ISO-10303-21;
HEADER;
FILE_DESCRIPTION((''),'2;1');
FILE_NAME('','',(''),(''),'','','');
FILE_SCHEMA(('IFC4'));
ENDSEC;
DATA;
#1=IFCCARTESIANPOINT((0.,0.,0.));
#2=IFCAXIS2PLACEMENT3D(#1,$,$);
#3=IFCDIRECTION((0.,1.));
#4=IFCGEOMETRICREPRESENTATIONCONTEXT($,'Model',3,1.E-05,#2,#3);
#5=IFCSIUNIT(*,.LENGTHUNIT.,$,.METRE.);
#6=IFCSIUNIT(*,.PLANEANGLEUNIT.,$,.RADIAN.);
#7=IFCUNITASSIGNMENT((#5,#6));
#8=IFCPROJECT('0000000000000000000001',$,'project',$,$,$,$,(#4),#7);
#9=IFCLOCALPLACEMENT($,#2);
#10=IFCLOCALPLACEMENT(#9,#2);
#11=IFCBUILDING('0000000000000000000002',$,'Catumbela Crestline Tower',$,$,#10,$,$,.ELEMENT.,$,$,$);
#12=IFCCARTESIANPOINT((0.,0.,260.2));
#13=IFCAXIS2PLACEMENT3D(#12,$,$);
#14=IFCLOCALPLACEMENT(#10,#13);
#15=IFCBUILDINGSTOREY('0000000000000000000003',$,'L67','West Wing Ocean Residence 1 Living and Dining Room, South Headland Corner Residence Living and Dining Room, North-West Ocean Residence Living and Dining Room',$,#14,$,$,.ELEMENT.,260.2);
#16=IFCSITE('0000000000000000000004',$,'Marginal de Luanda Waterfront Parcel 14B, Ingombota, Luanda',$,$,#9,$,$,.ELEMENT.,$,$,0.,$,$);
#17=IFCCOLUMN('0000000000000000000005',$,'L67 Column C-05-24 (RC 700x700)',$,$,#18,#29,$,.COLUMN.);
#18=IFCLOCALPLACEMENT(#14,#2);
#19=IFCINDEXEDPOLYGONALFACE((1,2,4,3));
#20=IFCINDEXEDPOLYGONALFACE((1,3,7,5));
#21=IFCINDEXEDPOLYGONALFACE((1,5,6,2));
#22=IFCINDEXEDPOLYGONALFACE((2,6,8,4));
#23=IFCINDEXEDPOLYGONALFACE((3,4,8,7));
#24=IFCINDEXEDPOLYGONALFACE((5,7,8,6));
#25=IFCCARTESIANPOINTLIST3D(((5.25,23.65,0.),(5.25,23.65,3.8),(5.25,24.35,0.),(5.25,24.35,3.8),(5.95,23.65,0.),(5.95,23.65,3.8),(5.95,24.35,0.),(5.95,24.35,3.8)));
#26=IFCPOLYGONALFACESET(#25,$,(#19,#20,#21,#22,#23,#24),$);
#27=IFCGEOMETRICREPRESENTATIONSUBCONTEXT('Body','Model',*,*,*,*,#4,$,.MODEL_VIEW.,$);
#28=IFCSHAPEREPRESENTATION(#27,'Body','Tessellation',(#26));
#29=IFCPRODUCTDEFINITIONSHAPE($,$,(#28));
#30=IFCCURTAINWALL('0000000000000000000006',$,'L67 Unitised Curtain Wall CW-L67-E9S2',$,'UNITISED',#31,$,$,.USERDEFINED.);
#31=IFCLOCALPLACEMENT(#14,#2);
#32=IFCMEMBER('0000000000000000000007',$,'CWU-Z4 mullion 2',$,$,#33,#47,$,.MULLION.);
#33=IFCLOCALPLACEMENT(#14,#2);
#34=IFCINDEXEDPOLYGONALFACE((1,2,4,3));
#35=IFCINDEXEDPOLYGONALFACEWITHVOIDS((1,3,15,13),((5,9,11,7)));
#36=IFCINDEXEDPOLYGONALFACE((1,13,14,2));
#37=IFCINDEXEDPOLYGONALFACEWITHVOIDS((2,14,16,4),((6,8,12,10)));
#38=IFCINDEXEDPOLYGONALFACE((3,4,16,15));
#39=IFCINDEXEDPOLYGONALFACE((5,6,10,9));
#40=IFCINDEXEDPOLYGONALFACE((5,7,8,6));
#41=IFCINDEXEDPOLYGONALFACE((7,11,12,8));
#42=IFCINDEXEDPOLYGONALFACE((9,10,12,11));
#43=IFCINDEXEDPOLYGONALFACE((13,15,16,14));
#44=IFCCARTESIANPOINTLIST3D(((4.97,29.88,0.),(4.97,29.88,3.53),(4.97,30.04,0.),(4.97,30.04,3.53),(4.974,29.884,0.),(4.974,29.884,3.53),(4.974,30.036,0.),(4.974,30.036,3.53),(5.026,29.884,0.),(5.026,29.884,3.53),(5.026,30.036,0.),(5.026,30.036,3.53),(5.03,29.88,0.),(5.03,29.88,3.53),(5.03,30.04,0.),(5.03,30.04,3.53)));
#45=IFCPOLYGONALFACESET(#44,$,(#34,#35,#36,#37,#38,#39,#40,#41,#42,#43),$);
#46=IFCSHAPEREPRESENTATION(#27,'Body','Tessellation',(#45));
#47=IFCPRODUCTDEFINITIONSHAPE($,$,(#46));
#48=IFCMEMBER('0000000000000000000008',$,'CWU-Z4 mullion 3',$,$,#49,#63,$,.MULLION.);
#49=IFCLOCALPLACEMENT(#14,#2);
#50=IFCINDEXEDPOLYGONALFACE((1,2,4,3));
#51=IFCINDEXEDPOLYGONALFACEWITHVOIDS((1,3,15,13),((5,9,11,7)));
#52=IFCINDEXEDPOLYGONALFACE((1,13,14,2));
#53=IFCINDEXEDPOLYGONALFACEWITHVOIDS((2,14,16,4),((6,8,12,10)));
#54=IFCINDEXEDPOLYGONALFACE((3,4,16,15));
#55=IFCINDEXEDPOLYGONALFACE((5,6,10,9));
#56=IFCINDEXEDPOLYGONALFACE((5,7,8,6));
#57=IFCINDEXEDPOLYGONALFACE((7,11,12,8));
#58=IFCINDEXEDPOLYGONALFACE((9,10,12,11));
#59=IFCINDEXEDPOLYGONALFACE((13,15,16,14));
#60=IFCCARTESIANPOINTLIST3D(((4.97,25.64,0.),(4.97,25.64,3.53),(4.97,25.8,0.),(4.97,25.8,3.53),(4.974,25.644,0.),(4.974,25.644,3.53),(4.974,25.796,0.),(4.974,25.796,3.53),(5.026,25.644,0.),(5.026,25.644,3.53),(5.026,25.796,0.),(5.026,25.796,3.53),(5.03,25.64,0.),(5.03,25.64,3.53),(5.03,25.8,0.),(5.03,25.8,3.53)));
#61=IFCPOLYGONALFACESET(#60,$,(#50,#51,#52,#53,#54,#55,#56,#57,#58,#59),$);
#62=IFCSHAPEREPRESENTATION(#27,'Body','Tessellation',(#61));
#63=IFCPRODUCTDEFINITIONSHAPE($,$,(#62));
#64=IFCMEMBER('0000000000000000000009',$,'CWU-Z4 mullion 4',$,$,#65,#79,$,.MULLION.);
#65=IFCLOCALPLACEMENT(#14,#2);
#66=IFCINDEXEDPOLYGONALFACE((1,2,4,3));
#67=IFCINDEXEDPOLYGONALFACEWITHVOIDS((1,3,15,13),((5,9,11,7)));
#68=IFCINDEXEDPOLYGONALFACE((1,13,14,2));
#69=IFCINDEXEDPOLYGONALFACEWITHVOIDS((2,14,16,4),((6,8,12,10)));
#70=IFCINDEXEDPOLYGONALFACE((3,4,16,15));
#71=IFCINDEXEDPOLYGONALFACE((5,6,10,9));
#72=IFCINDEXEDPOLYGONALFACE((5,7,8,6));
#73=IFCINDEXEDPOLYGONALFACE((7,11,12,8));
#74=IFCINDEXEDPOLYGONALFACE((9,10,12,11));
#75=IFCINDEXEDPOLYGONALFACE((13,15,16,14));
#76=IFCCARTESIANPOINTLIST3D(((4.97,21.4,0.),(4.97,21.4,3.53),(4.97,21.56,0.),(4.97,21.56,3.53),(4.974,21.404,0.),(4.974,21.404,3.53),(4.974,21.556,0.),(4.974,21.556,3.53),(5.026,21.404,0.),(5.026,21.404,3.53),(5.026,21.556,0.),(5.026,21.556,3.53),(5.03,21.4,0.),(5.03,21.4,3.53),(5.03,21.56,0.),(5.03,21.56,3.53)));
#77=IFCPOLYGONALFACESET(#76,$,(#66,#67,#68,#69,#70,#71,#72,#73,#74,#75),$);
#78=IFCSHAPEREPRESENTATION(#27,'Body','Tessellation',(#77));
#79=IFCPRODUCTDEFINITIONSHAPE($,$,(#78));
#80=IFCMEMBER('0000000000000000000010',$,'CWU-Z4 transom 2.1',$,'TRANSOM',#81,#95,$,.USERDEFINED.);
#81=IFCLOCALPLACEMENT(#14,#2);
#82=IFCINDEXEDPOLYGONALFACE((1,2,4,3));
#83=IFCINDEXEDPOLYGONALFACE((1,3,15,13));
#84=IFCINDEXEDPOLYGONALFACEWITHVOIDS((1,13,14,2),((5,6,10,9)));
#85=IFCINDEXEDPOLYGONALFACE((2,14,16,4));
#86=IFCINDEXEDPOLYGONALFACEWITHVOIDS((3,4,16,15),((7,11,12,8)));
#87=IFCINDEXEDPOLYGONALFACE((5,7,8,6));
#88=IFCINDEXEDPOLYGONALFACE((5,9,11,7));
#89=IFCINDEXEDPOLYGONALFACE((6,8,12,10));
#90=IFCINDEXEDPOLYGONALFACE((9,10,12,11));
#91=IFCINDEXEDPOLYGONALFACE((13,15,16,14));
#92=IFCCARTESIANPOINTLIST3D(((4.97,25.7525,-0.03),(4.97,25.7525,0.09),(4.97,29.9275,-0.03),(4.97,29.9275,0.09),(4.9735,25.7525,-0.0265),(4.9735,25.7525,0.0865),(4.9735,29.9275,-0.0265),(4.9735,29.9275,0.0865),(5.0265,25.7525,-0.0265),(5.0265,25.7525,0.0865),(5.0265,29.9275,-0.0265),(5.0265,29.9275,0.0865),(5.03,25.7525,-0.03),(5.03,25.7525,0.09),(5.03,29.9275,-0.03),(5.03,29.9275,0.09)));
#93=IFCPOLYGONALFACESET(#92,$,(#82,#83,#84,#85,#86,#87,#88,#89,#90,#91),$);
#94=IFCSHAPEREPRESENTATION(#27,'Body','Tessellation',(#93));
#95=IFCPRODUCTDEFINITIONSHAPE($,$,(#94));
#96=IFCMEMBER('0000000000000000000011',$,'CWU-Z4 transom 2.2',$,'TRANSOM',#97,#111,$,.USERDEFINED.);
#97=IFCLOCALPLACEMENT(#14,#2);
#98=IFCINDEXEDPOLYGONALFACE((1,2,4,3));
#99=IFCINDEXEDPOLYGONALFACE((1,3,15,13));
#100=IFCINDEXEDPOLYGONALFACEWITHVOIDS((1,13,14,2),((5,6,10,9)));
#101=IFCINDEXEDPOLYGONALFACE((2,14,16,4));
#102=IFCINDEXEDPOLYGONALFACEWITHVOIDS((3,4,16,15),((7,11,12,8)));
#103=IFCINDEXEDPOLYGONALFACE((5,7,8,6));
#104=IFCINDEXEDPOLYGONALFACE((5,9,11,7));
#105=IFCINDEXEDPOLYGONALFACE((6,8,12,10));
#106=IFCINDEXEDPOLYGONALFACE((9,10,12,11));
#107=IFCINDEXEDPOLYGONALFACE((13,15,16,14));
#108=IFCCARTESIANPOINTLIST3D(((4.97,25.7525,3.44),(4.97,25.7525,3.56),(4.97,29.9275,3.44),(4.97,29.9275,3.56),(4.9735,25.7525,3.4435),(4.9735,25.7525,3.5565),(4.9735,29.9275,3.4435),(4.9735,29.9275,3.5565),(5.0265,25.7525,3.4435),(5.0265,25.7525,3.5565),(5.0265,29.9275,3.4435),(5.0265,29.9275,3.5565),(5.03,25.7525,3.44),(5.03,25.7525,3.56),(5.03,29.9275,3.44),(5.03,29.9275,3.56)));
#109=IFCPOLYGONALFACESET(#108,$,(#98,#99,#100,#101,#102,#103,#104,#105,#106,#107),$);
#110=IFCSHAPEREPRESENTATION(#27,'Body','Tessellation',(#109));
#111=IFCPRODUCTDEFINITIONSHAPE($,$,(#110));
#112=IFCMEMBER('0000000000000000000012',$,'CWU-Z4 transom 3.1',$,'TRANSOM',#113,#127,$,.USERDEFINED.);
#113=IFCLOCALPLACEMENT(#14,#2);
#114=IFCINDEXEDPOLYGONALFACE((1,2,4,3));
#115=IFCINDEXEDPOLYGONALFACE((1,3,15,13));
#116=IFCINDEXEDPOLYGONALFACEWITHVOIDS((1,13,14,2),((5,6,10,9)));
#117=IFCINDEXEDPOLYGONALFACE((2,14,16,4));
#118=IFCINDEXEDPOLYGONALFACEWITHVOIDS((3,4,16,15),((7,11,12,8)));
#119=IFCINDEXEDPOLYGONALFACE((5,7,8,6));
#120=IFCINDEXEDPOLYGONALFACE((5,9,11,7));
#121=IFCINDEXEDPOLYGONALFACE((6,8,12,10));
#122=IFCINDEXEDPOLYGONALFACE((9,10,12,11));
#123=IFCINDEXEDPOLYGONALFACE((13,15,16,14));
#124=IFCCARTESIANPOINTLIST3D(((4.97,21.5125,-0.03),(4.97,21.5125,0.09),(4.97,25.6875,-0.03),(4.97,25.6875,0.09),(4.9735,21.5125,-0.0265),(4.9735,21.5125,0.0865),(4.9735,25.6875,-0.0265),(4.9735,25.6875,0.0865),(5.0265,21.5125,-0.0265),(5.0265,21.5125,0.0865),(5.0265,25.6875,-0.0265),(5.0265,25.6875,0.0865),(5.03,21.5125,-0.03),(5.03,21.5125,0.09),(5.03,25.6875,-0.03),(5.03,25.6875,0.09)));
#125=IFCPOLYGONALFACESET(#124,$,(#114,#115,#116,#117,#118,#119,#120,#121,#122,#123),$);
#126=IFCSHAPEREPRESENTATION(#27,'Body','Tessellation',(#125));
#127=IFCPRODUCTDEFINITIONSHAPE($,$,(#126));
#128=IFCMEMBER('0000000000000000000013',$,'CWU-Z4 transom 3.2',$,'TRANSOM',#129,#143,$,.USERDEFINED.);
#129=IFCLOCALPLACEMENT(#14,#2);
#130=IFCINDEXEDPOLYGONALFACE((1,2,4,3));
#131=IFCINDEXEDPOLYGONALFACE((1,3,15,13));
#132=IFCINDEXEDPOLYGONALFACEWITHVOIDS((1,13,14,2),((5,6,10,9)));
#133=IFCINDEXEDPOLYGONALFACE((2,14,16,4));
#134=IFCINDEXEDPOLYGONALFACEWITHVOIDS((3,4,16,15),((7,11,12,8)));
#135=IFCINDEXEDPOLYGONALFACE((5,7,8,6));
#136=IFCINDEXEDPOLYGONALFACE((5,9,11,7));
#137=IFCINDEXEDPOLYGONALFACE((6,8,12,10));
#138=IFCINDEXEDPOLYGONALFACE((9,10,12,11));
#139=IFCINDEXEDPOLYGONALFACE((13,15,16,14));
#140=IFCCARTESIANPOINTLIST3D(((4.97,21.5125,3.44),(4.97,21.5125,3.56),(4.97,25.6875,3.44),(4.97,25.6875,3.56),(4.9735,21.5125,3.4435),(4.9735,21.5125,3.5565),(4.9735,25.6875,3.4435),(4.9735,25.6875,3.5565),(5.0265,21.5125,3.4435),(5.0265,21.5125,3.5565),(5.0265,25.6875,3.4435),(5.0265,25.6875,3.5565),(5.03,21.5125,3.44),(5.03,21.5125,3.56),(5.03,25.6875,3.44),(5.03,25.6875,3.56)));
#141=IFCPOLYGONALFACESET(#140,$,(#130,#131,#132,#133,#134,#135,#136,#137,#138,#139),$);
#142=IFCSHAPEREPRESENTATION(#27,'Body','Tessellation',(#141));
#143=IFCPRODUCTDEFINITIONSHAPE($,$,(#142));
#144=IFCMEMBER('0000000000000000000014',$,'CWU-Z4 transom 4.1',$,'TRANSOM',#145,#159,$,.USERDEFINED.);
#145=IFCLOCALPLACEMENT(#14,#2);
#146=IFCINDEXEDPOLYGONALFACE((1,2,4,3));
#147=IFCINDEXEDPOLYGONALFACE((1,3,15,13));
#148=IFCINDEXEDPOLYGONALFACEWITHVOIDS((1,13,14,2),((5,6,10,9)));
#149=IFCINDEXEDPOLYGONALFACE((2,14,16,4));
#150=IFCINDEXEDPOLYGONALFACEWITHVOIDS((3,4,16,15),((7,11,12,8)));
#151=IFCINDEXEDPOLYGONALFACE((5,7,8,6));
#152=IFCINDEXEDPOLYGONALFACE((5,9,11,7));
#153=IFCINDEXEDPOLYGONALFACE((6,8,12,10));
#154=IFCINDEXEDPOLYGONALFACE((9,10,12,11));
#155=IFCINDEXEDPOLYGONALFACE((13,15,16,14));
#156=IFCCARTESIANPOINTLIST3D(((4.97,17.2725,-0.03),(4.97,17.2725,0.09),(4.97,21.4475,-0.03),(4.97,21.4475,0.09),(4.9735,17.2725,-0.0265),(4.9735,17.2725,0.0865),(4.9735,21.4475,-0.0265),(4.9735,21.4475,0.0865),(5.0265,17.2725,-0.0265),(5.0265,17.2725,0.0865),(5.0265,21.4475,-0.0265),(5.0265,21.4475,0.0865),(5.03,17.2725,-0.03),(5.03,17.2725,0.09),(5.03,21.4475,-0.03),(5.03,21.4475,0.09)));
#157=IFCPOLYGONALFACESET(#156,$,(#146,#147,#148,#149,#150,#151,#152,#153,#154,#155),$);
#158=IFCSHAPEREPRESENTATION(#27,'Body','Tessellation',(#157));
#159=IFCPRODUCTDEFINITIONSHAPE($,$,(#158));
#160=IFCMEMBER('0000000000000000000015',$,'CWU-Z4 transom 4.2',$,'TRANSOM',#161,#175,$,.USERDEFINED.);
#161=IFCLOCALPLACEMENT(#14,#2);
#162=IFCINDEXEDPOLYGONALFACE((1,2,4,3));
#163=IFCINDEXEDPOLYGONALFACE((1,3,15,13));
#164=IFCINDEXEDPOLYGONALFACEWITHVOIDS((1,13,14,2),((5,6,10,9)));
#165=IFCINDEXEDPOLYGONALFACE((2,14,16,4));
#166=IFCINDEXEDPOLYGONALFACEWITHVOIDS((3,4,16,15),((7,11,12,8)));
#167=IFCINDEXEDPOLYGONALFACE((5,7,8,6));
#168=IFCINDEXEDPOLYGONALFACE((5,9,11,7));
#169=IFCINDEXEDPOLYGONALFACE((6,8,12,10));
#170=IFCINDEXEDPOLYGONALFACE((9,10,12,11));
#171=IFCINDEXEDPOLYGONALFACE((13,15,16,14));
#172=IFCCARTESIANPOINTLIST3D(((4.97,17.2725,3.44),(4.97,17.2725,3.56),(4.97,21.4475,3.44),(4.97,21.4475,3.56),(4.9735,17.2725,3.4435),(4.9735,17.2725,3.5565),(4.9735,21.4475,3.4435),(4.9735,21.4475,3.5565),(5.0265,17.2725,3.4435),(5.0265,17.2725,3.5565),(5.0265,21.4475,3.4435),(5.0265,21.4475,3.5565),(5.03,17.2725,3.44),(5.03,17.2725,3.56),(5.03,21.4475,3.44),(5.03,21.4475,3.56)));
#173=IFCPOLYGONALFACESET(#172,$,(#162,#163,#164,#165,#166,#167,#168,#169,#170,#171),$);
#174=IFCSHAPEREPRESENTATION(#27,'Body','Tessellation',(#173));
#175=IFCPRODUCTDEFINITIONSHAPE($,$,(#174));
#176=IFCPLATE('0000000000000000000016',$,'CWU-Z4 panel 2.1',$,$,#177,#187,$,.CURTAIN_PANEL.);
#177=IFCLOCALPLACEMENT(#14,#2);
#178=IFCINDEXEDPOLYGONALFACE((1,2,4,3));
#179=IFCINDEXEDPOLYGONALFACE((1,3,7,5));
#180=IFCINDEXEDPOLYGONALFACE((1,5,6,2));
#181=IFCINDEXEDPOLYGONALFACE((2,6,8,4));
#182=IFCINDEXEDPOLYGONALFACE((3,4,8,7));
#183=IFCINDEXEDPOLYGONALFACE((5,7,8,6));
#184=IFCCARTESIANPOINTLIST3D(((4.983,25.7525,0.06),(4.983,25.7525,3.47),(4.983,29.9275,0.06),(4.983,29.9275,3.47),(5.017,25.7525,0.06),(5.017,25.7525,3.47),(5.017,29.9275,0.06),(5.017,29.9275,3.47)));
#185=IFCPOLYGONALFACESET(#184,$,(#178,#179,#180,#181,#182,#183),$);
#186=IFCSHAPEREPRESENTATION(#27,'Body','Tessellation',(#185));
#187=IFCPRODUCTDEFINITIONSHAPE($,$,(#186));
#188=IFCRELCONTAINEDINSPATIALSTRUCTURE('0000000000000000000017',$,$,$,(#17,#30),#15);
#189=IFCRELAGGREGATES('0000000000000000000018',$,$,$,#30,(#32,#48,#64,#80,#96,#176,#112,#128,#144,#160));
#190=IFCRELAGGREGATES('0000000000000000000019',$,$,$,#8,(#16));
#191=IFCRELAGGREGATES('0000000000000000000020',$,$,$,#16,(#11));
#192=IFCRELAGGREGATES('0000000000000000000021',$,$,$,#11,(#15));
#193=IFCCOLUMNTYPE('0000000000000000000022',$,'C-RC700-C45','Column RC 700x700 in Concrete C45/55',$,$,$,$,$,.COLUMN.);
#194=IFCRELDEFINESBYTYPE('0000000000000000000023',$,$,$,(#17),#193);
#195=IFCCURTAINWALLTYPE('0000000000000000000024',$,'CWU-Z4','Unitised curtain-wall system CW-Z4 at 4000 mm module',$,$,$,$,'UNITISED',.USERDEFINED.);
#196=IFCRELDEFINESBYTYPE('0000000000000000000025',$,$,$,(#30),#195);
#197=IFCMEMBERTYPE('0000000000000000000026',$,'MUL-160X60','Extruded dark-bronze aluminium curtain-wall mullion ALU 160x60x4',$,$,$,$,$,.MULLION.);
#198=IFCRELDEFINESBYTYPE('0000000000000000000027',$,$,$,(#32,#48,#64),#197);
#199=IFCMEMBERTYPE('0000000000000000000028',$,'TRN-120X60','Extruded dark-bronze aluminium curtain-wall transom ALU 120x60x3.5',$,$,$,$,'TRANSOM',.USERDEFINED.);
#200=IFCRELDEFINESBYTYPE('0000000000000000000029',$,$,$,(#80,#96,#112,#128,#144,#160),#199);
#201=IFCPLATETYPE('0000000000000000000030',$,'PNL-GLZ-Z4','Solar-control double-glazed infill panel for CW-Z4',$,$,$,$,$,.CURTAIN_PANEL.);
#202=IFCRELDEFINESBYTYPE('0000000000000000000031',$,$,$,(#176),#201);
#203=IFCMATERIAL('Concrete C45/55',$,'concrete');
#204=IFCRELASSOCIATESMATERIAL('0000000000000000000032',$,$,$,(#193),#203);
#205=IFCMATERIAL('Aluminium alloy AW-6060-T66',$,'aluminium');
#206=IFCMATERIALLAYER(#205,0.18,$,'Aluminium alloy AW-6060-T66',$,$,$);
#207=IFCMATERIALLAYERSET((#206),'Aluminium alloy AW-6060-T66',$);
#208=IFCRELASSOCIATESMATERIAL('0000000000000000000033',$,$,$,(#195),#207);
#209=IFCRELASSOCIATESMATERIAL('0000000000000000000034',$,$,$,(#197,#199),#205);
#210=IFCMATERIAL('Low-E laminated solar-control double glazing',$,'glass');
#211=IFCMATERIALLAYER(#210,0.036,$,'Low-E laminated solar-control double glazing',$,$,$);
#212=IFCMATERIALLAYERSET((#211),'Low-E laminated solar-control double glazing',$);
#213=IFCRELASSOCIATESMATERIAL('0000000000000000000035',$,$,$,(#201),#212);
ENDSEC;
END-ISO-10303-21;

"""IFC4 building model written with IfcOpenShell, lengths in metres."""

from ifc_helpers import new_model, si_unit, direction, frame, origin, origin_2d, place, context, subcontext, project, spatial, rectangle, hollow_rectangle, extrude, material, layer, layer_set, material_profile, profile_set, type_object, element, aggregate, save


model = new_model("IFC4")

# Units and contexts
model_context = context("Model", 3, precision=1e-05, world=origin(), true_north=direction((0.0, 1.0)))
body_context = subcontext(model_context, "Body", "Model", "MODEL_VIEW")
ifc_project = project(units=[si_unit("LENGTHUNIT", "METRE"), si_unit("PLANEANGLEUNIT", "RADIAN")], contexts=[model_context])

# Site, building, storey
site_placement = place(None, origin())
site = spatial("IfcSite", under=ifc_project, at=site_placement, Name="Marginal de Luanda Waterfront Parcel 14B, Ingombota, Luanda", CompositionType="ELEMENT", RefElevation=0.0)
building_placement = place(site_placement, origin())
building = spatial("IfcBuilding", under=site, at=building_placement, Name="Catumbela Crestline Tower", CompositionType="ELEMENT")
storey_placement = place(building_placement, frame((0.0, 0.0, 260.2)))
storey = spatial("IfcBuildingStorey", under=building, at=storey_placement, Name="L67", Description="West Wing Ocean Residence 1 Living and Dining Room, South Headland Corner Residence Living and Dining Room, North-West Ocean Residence Living and Dining Room", CompositionType="ELEMENT", Elevation=260.2)

# Column
ifc_material_1 = material(Name="Concrete C45/55", Category="concrete")
ifc_material_profile_1 = material_profile(ifc_material_1, rectangle(XDim=0.7, YDim=0.7, at=origin_2d()), Name="RC 700x700")
ifc_profile_set_1 = profile_set([ifc_material_profile_1], Name="Concrete C45/55")
column_type = type_object("IfcColumnType", Name="C-RC700-C45", Description="Column RC 700x700 in Concrete C45/55", PredefinedType="COLUMN", material=ifc_profile_set_1)
column_placement = place(storey_placement, frame((5.6, 24.0, 0.0), z_axis=(0.0, 0.0, 1.0), x_axis=(1.0, 0.0, 0.0)))
element("IfcColumn", 1, at=column_placement, inside=storey, type_object=column_type, Name="L67 Column C-05-24 (RC 700x700)", PredefinedType="COLUMN", context=body_context, shape_type="SweptSolid", body=[
    extrude(rectangle(XDim=0.7, YDim=0.7, at=origin_2d()), origin(), (0.0, 0.0, 1.0), 3.8),
])

# Curtain wall, members, plate
ifc_material_2 = material(Name="Aluminium alloy AW-6060-T66", Category="aluminium")
ifc_layer_1 = layer(ifc_material_2, 0.18, Name="Aluminium alloy AW-6060-T66")
ifc_layer_set_1 = layer_set([ifc_layer_1], Name="Aluminium alloy AW-6060-T66")
curtain_wall_type = type_object("IfcCurtainWallType", Name="CWU-Z4", Description="Unitised curtain-wall system CW-Z4 at 4000 mm module", ElementType="UNITISED", PredefinedType="USERDEFINED", material=ifc_layer_set_1)
curtain_wall_placement = place(storey_placement, origin())
curtain_wall = element("IfcCurtainWall", 2, at=curtain_wall_placement, inside=storey, type_object=curtain_wall_type, Name="L67 Unitised Curtain Wall CW-L67-E9S2", ObjectType="UNITISED", PredefinedType="USERDEFINED")
ifc_material_profile_2 = material_profile(ifc_material_2, hollow_rectangle(XDim=0.06, YDim=0.16, WallThickness=0.004, at=origin_2d()), Name="ALU 160x60x4")
ifc_profile_set_2 = profile_set([ifc_material_profile_2], Name="Aluminium alloy AW-6060-T66")
member_type_1 = type_object("IfcMemberType", Name="MUL-160X60", Description="Extruded dark-bronze aluminium curtain-wall mullion ALU 160x60x4", PredefinedType="MULLION", material=ifc_profile_set_2)
member_1_placement = place(storey_placement, frame((5.0, 29.96, 0.0), z_axis=(0.0, 0.0, 1.0), x_axis=(1.0, 0.0, 0.0)))
member_1 = element("IfcMember", 3, at=member_1_placement, type_object=member_type_1, Name="CWU-Z4 mullion 2", PredefinedType="MULLION", context=body_context, shape_type="SweptSolid", body=[
    extrude(hollow_rectangle(XDim=0.06, YDim=0.16, WallThickness=0.004, at=origin_2d()), origin(), (0.0, 0.0, 1.0), 3.53),
])
member_2_placement = place(storey_placement, frame((5.0, 25.72, 0.0), z_axis=(0.0, 0.0, 1.0), x_axis=(1.0, 0.0, 0.0)))
member_2 = element("IfcMember", 4, at=member_2_placement, type_object=member_type_1, Name="CWU-Z4 mullion 3", PredefinedType="MULLION", context=body_context, shape_type="SweptSolid", body=[
    extrude(hollow_rectangle(XDim=0.06, YDim=0.16, WallThickness=0.004, at=origin_2d()), origin(), (0.0, 0.0, 1.0), 3.53),
])
member_3_placement = place(storey_placement, frame((5.0, 21.48, 0.0), z_axis=(0.0, 0.0, 1.0), x_axis=(1.0, 0.0, 0.0)))
member_3 = element("IfcMember", 5, at=member_3_placement, type_object=member_type_1, Name="CWU-Z4 mullion 4", PredefinedType="MULLION", context=body_context, shape_type="SweptSolid", body=[
    extrude(hollow_rectangle(XDim=0.06, YDim=0.16, WallThickness=0.004, at=origin_2d()), origin(), (0.0, 0.0, 1.0), 3.53),
])
ifc_material_profile_3 = material_profile(ifc_material_2, hollow_rectangle(XDim=0.06, YDim=0.12, WallThickness=0.0035, at=origin_2d()), Name="ALU 120x60x3.5")
ifc_profile_set_3 = profile_set([ifc_material_profile_3], Name="Aluminium alloy AW-6060-T66")
member_type_2 = type_object("IfcMemberType", Name="TRN-120X60", Description="Extruded dark-bronze aluminium curtain-wall transom ALU 120x60x3.5", ElementType="TRANSOM", PredefinedType="USERDEFINED", material=ifc_profile_set_3)
member_4_placement = place(storey_placement, frame((5.0, 29.9275, 0.03), z_axis=(0.0, -1.0, 0.0), x_axis=(1.0, 0.0, 0.0)))
member_4 = element("IfcMember", 6, at=member_4_placement, type_object=member_type_2, Name="CWU-Z4 transom 2.1", ObjectType="TRANSOM", PredefinedType="USERDEFINED", context=body_context, shape_type="SweptSolid", body=[
    extrude(hollow_rectangle(XDim=0.06, YDim=0.12, WallThickness=0.0035, at=origin_2d()), origin(), (0.0, 0.0, 1.0), 4.175),
])
member_5_placement = place(storey_placement, frame((5.0, 29.9275, 3.5), z_axis=(0.0, -1.0, 0.0), x_axis=(1.0, 0.0, 0.0)))
member_5 = element("IfcMember", 7, at=member_5_placement, type_object=member_type_2, Name="CWU-Z4 transom 2.2", ObjectType="TRANSOM", PredefinedType="USERDEFINED", context=body_context, shape_type="SweptSolid", body=[
    extrude(hollow_rectangle(XDim=0.06, YDim=0.12, WallThickness=0.0035, at=origin_2d()), origin(), (0.0, 0.0, 1.0), 4.175),
])
member_6_placement = place(storey_placement, frame((5.0, 25.6875, 0.03), z_axis=(0.0, -1.0, 0.0), x_axis=(1.0, 0.0, 0.0)))
member_6 = element("IfcMember", 8, at=member_6_placement, type_object=member_type_2, Name="CWU-Z4 transom 3.1", ObjectType="TRANSOM", PredefinedType="USERDEFINED", context=body_context, shape_type="SweptSolid", body=[
    extrude(hollow_rectangle(XDim=0.06, YDim=0.12, WallThickness=0.0035, at=origin_2d()), origin(), (0.0, 0.0, 1.0), 4.175),
])
member_7_placement = place(storey_placement, frame((5.0, 25.6875, 3.5), z_axis=(0.0, -1.0, 0.0), x_axis=(1.0, 0.0, 0.0)))
member_7 = element("IfcMember", 9, at=member_7_placement, type_object=member_type_2, Name="CWU-Z4 transom 3.2", ObjectType="TRANSOM", PredefinedType="USERDEFINED", context=body_context, shape_type="SweptSolid", body=[
    extrude(hollow_rectangle(XDim=0.06, YDim=0.12, WallThickness=0.0035, at=origin_2d()), origin(), (0.0, 0.0, 1.0), 4.175),
])
member_8_placement = place(storey_placement, frame((5.0, 21.4475, 0.03), z_axis=(0.0, -1.0, 0.0), x_axis=(1.0, 0.0, 0.0)))
member_8 = element("IfcMember", 10, at=member_8_placement, type_object=member_type_2, Name="CWU-Z4 transom 4.1", ObjectType="TRANSOM", PredefinedType="USERDEFINED", context=body_context, shape_type="SweptSolid", body=[
    extrude(hollow_rectangle(XDim=0.06, YDim=0.12, WallThickness=0.0035, at=origin_2d()), origin(), (0.0, 0.0, 1.0), 4.175),
])
member_9_placement = place(storey_placement, frame((5.0, 21.4475, 3.5), z_axis=(0.0, -1.0, 0.0), x_axis=(1.0, 0.0, 0.0)))
member_9 = element("IfcMember", 11, at=member_9_placement, type_object=member_type_2, Name="CWU-Z4 transom 4.2", ObjectType="TRANSOM", PredefinedType="USERDEFINED", context=body_context, shape_type="SweptSolid", body=[
    extrude(hollow_rectangle(XDim=0.06, YDim=0.12, WallThickness=0.0035, at=origin_2d()), origin(), (0.0, 0.0, 1.0), 4.175),
])
ifc_material_3 = material(Name="Low-E laminated solar-control double glazing", Category="glass")
ifc_layer_2 = layer(ifc_material_3, 0.036, Name="Low-E laminated solar-control double glazing")
ifc_layer_set_2 = layer_set([ifc_layer_2], Name="Low-E laminated solar-control double glazing")
plate_type = type_object("IfcPlateType", Name="PNL-GLZ-Z4", Description="Solar-control double-glazed infill panel for CW-Z4", PredefinedType="CURTAIN_PANEL", material=ifc_layer_set_2)
plate_1_placement = place(storey_placement, frame((5.0, 27.84, 0.06), z_axis=(0.0, 0.0, 1.0), x_axis=(0.0, -1.0, 0.0)))
plate_1 = element("IfcPlate", 12, at=plate_1_placement, type_object=plate_type, Name="CWU-Z4 panel 2.1", PredefinedType="CURTAIN_PANEL", context=body_context, shape_type="SweptSolid", body=[
    extrude(rectangle(XDim=4.175, YDim=0.034, at=origin_2d()), origin(), (0.0, 0.0, 1.0), 3.41),
])
aggregate(curtain_wall, [member_1, member_2, member_3, member_4, member_5, plate_1, member_6, member_7, member_8, member_9])

save(model, "model.ifc")
